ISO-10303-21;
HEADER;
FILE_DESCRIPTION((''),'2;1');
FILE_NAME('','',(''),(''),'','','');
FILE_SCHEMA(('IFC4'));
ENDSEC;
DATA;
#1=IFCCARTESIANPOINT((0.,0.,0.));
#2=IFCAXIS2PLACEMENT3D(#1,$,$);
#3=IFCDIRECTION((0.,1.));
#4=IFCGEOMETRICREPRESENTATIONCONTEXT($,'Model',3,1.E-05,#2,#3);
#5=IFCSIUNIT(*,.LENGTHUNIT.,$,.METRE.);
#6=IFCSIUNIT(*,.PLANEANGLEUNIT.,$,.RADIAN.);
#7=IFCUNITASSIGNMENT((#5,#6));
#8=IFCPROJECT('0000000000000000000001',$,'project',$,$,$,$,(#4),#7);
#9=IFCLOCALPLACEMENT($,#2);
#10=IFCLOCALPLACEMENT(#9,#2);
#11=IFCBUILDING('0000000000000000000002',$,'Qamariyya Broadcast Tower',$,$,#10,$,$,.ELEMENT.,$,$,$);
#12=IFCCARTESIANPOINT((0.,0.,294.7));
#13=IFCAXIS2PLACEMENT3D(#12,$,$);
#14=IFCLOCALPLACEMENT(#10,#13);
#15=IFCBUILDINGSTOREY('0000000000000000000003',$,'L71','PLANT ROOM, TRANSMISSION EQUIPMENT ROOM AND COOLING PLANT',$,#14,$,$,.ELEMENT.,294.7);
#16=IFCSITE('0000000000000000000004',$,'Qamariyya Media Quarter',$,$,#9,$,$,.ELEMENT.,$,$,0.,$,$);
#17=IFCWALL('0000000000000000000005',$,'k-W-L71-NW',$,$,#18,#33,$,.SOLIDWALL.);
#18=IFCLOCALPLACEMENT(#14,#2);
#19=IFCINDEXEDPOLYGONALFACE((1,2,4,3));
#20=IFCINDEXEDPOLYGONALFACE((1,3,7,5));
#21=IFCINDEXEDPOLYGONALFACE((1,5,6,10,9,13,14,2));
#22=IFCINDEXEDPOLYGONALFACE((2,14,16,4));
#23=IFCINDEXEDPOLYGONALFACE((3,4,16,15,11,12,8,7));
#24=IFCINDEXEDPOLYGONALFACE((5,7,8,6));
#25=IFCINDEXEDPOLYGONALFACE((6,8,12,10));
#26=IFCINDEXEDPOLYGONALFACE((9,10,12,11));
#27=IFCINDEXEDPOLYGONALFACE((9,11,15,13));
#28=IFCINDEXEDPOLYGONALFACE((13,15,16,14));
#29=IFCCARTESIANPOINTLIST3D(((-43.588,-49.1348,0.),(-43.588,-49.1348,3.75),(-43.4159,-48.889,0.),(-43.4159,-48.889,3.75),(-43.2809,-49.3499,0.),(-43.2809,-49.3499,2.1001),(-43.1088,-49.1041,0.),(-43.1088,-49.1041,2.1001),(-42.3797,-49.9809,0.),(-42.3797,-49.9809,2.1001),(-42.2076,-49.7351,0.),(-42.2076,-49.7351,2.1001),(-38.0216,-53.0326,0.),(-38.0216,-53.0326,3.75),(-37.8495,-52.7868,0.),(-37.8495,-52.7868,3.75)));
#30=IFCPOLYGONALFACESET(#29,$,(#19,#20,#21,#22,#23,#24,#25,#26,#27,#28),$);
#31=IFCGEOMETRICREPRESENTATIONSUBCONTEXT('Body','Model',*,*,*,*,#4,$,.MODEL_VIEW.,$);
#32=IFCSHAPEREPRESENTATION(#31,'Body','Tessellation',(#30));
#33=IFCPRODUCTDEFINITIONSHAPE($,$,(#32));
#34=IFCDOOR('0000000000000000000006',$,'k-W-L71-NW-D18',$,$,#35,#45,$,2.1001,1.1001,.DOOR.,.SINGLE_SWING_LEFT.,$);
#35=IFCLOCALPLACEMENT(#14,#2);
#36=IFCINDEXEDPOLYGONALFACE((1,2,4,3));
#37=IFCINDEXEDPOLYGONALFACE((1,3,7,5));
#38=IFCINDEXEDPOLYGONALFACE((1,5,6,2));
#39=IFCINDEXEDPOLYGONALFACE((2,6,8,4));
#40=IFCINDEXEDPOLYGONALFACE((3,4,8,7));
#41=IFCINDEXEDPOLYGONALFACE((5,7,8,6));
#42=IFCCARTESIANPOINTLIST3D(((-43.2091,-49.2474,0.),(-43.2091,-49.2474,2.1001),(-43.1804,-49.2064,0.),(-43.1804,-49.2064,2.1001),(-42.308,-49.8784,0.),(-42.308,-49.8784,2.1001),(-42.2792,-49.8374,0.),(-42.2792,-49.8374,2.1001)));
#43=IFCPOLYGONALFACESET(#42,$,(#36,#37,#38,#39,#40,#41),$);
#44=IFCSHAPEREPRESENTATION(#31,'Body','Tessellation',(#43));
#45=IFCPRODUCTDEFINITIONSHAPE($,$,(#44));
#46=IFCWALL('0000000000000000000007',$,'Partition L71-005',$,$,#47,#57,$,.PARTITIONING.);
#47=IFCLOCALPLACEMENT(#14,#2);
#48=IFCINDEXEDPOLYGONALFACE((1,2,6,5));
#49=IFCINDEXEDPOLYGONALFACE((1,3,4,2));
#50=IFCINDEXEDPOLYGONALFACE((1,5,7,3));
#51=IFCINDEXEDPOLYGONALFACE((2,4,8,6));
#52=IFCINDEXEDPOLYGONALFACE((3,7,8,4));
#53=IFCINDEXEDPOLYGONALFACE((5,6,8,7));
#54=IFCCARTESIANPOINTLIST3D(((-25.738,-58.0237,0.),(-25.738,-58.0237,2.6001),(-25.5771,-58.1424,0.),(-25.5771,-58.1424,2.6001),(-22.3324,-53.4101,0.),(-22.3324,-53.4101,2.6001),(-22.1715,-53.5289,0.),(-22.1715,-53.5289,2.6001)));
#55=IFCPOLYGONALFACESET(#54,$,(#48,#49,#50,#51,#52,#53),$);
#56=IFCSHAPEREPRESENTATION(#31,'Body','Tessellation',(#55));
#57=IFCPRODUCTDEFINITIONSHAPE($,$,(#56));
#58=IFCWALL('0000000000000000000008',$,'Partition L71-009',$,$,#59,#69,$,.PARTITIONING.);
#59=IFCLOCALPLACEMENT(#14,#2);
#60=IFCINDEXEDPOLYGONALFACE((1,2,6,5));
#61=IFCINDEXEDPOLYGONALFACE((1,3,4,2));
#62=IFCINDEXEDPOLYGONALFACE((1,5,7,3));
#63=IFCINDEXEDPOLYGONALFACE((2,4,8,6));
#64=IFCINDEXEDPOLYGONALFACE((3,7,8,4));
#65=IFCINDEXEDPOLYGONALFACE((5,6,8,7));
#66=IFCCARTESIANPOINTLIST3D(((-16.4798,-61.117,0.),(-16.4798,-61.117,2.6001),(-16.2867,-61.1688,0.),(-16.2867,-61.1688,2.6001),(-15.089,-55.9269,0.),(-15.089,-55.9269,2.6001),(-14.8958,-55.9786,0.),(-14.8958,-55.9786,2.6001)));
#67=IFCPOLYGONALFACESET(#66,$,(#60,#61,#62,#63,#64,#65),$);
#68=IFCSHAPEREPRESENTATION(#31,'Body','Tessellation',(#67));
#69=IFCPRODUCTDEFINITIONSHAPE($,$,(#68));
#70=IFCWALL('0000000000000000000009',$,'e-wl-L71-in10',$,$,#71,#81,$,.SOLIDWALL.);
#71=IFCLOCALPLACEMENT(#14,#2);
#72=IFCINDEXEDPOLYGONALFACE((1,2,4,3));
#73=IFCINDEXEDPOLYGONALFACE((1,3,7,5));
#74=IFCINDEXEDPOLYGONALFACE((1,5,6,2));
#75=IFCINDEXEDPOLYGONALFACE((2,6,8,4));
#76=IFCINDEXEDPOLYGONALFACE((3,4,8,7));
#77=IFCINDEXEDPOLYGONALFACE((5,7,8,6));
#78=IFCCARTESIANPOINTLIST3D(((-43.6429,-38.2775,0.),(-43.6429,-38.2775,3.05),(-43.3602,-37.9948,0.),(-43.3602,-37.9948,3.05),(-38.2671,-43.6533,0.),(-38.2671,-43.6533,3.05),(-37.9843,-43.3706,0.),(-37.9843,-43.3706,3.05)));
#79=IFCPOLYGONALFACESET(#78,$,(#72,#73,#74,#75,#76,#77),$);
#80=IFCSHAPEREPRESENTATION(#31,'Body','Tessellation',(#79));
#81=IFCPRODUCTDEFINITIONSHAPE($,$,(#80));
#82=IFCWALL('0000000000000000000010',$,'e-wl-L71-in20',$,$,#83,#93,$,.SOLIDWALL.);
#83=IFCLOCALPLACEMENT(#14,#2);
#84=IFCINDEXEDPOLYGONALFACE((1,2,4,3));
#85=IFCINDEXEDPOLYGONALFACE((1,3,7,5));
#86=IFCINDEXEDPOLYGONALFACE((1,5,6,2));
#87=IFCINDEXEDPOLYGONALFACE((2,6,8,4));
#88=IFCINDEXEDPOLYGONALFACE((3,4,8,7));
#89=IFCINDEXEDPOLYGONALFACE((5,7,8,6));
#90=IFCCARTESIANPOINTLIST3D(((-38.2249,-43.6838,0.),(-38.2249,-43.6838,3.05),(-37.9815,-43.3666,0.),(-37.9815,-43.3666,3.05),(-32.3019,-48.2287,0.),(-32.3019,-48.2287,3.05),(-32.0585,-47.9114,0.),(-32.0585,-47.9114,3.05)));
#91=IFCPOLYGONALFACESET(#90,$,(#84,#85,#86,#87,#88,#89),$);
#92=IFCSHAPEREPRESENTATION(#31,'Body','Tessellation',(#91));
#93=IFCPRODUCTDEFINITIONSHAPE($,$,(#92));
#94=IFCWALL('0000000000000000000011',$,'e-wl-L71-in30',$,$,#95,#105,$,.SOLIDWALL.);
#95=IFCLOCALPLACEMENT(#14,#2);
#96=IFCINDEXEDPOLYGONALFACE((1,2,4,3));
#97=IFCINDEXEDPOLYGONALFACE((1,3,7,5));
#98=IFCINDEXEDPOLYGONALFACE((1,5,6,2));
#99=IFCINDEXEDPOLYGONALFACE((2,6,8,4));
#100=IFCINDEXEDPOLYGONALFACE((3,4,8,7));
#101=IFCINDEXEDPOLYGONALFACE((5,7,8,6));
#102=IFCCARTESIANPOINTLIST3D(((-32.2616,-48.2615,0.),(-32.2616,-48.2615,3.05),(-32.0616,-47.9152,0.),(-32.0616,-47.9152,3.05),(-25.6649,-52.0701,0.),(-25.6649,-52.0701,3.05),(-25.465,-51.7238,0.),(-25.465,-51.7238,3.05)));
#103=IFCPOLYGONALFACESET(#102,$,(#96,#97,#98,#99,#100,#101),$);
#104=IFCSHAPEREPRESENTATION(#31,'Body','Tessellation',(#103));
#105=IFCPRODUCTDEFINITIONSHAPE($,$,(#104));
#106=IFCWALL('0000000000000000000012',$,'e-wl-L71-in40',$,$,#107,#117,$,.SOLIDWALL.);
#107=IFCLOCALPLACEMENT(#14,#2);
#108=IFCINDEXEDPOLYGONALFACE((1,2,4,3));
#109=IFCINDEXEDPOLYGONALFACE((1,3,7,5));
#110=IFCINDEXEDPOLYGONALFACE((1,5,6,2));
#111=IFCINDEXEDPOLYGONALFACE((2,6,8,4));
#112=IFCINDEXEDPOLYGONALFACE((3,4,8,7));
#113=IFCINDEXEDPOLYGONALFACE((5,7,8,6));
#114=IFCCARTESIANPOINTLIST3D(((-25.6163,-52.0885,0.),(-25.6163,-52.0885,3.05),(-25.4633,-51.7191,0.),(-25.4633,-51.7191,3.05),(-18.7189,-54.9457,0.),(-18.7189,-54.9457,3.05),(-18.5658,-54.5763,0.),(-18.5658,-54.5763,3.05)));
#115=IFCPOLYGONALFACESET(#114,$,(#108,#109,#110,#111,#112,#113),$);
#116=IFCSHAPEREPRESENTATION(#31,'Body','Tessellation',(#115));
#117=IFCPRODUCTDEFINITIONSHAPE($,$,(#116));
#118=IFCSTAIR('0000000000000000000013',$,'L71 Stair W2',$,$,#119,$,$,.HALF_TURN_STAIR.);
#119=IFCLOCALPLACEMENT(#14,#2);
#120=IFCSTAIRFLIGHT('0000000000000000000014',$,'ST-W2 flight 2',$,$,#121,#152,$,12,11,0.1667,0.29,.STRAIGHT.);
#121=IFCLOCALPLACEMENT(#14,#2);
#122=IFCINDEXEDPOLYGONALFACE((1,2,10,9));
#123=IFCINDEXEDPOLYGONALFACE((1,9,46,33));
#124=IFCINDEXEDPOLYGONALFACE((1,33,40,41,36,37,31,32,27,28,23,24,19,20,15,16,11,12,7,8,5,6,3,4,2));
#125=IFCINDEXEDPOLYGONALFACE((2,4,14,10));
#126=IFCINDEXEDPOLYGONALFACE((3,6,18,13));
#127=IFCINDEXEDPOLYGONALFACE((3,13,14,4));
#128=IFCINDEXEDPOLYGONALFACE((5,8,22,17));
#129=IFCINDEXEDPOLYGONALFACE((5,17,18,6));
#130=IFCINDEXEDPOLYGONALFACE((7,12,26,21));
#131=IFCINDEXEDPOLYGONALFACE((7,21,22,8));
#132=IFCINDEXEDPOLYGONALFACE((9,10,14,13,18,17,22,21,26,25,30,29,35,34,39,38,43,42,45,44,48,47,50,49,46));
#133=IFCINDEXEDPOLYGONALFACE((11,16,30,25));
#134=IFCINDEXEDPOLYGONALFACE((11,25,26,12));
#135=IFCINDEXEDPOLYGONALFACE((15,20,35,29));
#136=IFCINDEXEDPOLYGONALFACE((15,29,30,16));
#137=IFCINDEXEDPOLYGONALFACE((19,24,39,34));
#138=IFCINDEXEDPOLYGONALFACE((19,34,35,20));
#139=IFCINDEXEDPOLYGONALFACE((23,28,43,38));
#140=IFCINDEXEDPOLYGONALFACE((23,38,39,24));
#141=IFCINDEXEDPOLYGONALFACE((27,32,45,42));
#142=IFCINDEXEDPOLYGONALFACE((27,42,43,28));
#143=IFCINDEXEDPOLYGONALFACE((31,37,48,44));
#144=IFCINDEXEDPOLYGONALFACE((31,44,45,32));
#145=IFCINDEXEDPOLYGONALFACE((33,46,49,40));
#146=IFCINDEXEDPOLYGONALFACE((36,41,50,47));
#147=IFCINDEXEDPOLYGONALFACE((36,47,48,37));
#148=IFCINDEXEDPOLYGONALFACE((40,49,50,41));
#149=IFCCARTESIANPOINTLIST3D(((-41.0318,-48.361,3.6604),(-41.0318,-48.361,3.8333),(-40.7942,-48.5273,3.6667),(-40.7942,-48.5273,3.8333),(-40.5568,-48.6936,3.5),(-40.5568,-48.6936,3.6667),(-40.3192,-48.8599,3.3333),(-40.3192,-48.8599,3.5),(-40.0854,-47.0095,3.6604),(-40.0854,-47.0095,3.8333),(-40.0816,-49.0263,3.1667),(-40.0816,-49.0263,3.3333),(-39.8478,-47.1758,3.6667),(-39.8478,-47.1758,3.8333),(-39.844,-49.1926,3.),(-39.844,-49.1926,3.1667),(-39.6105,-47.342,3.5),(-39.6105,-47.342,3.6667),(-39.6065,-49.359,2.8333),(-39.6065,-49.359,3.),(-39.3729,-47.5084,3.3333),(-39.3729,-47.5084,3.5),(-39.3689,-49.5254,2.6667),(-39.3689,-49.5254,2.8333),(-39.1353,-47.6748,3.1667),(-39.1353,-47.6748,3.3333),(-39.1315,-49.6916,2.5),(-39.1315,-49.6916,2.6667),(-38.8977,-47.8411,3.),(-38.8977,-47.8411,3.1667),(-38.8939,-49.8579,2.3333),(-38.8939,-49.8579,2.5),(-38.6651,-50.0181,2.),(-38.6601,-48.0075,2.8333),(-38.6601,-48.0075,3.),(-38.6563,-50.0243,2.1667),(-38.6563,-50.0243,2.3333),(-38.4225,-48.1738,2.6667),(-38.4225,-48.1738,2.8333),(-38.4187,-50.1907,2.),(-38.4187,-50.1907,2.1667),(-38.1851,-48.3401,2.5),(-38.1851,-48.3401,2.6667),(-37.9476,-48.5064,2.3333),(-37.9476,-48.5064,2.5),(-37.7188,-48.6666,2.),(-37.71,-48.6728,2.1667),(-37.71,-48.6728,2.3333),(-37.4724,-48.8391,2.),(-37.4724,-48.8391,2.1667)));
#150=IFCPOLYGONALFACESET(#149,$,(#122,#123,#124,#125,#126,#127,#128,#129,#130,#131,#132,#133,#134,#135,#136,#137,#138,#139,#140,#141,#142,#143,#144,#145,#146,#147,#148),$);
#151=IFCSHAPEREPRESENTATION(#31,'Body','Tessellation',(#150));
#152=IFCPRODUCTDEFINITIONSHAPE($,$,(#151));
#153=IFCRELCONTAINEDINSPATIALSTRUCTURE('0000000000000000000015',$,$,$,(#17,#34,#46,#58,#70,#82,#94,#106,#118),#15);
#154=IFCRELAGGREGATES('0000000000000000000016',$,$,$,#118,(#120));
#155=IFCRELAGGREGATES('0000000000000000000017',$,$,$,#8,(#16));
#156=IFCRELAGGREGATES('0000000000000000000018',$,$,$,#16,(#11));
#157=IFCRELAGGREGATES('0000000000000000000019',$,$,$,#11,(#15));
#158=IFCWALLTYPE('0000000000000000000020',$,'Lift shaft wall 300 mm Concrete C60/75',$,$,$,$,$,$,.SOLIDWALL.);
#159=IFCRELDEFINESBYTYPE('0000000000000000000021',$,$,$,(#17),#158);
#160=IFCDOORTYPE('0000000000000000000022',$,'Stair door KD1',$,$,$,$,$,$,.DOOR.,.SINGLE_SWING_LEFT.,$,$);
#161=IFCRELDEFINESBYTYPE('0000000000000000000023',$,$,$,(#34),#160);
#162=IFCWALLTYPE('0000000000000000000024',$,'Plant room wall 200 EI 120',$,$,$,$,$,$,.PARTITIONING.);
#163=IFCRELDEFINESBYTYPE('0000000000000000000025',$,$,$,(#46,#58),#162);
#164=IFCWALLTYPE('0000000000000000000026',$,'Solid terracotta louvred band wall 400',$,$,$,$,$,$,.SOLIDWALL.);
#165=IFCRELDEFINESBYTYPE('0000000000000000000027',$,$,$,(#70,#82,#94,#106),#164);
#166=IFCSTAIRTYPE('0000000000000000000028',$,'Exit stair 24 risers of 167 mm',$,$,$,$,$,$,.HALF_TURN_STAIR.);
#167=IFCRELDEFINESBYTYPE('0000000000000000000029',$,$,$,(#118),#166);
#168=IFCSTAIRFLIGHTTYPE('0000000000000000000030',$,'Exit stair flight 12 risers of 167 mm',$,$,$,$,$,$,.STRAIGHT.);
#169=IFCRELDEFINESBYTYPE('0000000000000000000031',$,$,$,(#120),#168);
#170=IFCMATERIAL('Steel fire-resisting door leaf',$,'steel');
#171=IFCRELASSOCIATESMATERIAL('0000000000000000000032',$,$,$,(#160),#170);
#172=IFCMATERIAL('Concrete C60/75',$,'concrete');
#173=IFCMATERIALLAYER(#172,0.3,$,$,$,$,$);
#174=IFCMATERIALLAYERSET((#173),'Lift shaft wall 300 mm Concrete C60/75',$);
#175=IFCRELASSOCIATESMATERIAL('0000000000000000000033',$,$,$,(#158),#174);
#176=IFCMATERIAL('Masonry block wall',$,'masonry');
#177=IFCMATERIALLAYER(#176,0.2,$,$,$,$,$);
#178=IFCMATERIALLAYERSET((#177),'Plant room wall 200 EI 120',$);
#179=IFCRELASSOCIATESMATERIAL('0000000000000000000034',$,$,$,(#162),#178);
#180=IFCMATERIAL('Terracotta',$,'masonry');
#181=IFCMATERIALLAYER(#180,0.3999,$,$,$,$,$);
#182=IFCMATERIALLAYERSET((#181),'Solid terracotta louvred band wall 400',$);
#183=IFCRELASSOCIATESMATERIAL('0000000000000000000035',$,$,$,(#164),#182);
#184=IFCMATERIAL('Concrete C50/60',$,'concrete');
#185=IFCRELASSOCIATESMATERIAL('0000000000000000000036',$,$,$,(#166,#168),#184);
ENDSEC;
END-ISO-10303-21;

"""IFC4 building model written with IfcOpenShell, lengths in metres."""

from ifc_helpers import new_model, si_unit, direction, frame, frame_2d, origin, place, context, subcontext, project, spatial, polyline, rectangle, outline, extrude, material, layer, layer_set, type_object, element, fill, aggregate, save


model = new_model("IFC4")

# Units and contexts
model_context = context("Model", 3, precision=1e-05, world=origin(), true_north=direction((0.0, 1.0)))
body_context = subcontext(model_context, "Body", "Model", "MODEL_VIEW")
ifc_project = project(units=[si_unit("LENGTHUNIT", "METRE"), si_unit("PLANEANGLEUNIT", "RADIAN")], contexts=[model_context])

# Site, building, storey
site_placement = place(None, origin())
site = spatial("IfcSite", under=ifc_project, at=site_placement, Name="Qamariyya Media Quarter", CompositionType="ELEMENT", RefElevation=0.0)
building_placement = place(site_placement, origin())
building = spatial("IfcBuilding", under=site, at=building_placement, Name="Qamariyya Broadcast Tower", CompositionType="ELEMENT")
storey_placement = place(building_placement, frame((0.0, 0.0, 294.7)))
storey = spatial("IfcBuildingStorey", under=building, at=storey_placement, Name="L71", Description="PLANT ROOM, TRANSMISSION EQUIPMENT ROOM AND COOLING PLANT", CompositionType="ELEMENT", Elevation=294.7)

# Shared definitions
ifc_material_1 = material(Name="Concrete C50/60", Category="concrete")

# Shared definitions
ifc_material_2 = material(Name="Concrete C60/75", Category="concrete")
ifc_material_3 = material(Name="Steel fire-resisting door leaf", Category="steel")
door_type_1 = type_object("IfcDoorType", Name="Stair door KD1", OperationType="SINGLE_SWING_LEFT", PredefinedType="DOOR", material=ifc_material_3)

# Shared definitions
ifc_layer_1 = layer(ifc_material_2, 0.3)
ifc_layer_set_1 = layer_set([ifc_layer_1], Name="Lift shaft wall 300 mm Concrete C60/75")
wall_type_1 = type_object("IfcWallType", Name="Lift shaft wall 300 mm Concrete C60/75", PredefinedType="SOLIDWALL", material=ifc_layer_set_1)

# Wall, opening, door
wall_1_placement = place(storey_placement, frame((-37.9355, -52.9097, 0.0), z_axis=(0.0, 0.0, 1.0), x_axis=(-0.819148, 0.573583, 0.0)))
wall_1 = element("IfcWall", 1, at=wall_1_placement, inside=storey, type_object=wall_type_1, Name="k-W-L71-NW", PredefinedType="SOLIDWALL", context=body_context, shape_type="SweptSolid", body=[
    extrude(rectangle(XDim=6.7954, YDim=0.3, at=frame_2d((3.3977, 0.0))), origin(), (0.0, 0.0, 1.0), 3.75),
])
opening_1_placement = place(wall_1_placement, frame((5.3203, 0.0, 0.0)))
opening_1 = element("IfcOpeningElement", 2, at=opening_1_placement, cuts=wall_1, PredefinedType="OPENING", context=body_context, shape_type="SweptSolid", body=[
    extrude(rectangle(XDim=1.1001, YDim=2.1001, at=frame_2d((0.55, 1.05))), frame((0.0, 0.1599, 0.0), z_axis=(0.0, -1.0, 0.0), x_axis=(1.0, 0.0, 0.0)), (0.0, 0.0, 1.0), 0.3201),
])
door_1_placement = place(opening_1_placement, origin())
door_1 = element("IfcDoor", 3, at=door_1_placement, inside=storey, type_object=door_type_1, Name="k-W-L71-NW-D18", OperationType="SINGLE_SWING_LEFT", OverallHeight=2.1001, OverallWidth=1.1001, PredefinedType="DOOR", context=body_context, shape_type="SweptSolid", body=[
    extrude(rectangle(XDim=1.1001, YDim=2.1001, at=frame_2d((0.55, 1.05))), frame((0.0, 0.0249, 0.0), z_axis=(0.0, -1.0, 0.0), x_axis=(1.0, 0.0, 0.0)), (0.0, 0.0, 1.0), 0.05),
])
fill(opening_1, door_1)

# Walls
ifc_material_4 = material(Name="Masonry block wall", Category="masonry")
ifc_layer_2 = layer(ifc_material_4, 0.2)
ifc_layer_set_2 = layer_set([ifc_layer_2], Name="Plant room wall 200 EI 120")
wall_type_2 = type_object("IfcWallType", Name="Plant room wall 200 EI 120", PredefinedType="PARTITIONING", material=ifc_layer_set_2)
wall_2_placement = place(storey_placement, frame((-22.252, -53.4695, 0.0), z_axis=(0.0, 0.0, 1.0), x_axis=(-0.593886, -0.804549, 0.0)))
element("IfcWall", 4, at=wall_2_placement, inside=storey, type_object=wall_type_2, Name="Partition L71-005", PredefinedType="PARTITIONING", context=body_context, shape_type="SweptSolid", body=[
    extrude(rectangle(XDim=5.7344, YDim=0.2, at=frame_2d((2.8672, 0.0))), origin(), (0.0, 0.0, 1.0), 2.6001),
])
wall_3_placement = place(storey_placement, frame((-14.9924, -55.9529, 0.0), z_axis=(0.0, 0.0, 1.0), x_axis=(-0.258847, -0.965918, 0.0)))
element("IfcWall", 5, at=wall_3_placement, inside=storey, type_object=wall_type_2, Name="Partition L71-009", PredefinedType="PARTITIONING", context=body_context, shape_type="SweptSolid", body=[
    extrude(rectangle(XDim=5.3733, YDim=0.2, at=frame_2d((2.6865, 0.0))), origin(), (0.0, 0.0, 1.0), 2.6001),
])
ifc_material_5 = material(Name="Terracotta", Category="masonry")
ifc_layer_3 = layer(ifc_material_5, 0.3999)
ifc_layer_set_3 = layer_set([ifc_layer_3], Name="Solid terracotta louvred band wall 400")
wall_type_3 = type_object("IfcWallType", Name="Solid terracotta louvred band wall 400", PredefinedType="SOLIDWALL", material=ifc_layer_set_3)
wall_4_placement = place(storey_placement, frame((-38.1257, -43.512, 0.0), z_axis=(0.0, 0.0, 1.0), x_axis=(-0.707107, 0.707107, 0.0)))
element("IfcWall", 6, at=wall_4_placement, inside=storey, type_object=wall_type_3, Name="e-wl-L71-in10", PredefinedType="SOLIDWALL", context=body_context, shape_type="SweptSolid", body=[
    extrude(rectangle(XDim=7.6025, YDim=0.3999, at=frame_2d((3.8013, 0.0))), origin(), (0.0, 0.0, 1.0), 3.05),
])
wall_5_placement = place(storey_placement, frame((-32.1802, -48.0701, 0.0), z_axis=(0.0, 0.0, 1.0), x_axis=(-0.793355, 0.608759, 0.0)))
element("IfcWall", 7, at=wall_5_placement, inside=storey, type_object=wall_type_3, Name="e-wl-L71-in20", PredefinedType="SOLIDWALL", context=body_context, shape_type="SweptSolid", body=[
    extrude(rectangle(XDim=7.4658, YDim=0.3999, at=frame_2d((3.7329, 0.0))), origin(), (0.0, 0.0, 1.0), 3.05),
])
wall_6_placement = place(storey_placement, frame((-25.5649, -51.897, 0.0), z_axis=(0.0, 0.0, 1.0), x_axis=(-0.866025, 0.5, 0.0)))
element("IfcWall", 8, at=wall_6_placement, inside=storey, type_object=wall_type_3, Name="e-wl-L71-in30", PredefinedType="SOLIDWALL", context=body_context, shape_type="SweptSolid", body=[
    extrude(rectangle(XDim=7.6172, YDim=0.3999, at=frame_2d((3.8086, 0.0))), origin(), (0.0, 0.0, 1.0), 3.05),
])
wall_7_placement = place(storey_placement, frame((-18.6423, -54.761, 0.0), z_axis=(0.0, 0.0, 1.0), x_axis=(-0.923872, 0.382701, 0.0)))
element("IfcWall", 9, at=wall_7_placement, inside=storey, type_object=wall_type_3, Name="e-wl-L71-in40", PredefinedType="SOLIDWALL", context=body_context, shape_type="SweptSolid", body=[
    extrude(rectangle(XDim=7.4658, YDim=0.3999, at=frame_2d((3.7329, 0.0))), origin(), (0.0, 0.0, 1.0), 3.05),
])

# Stair, stair flight
stair_type = type_object("IfcStairType", Name="Exit stair 24 risers of 167 mm", PredefinedType="HALF_TURN_STAIR", material=ifc_material_1)
stair_placement = place(storey_placement, origin())
stair = element("IfcStair", 10, at=stair_placement, inside=storey, type_object=stair_type, Name="L71 Stair W2", PredefinedType="HALF_TURN_STAIR")
stair_flight_type = type_object("IfcStairFlightType", Name="Exit stair flight 12 risers of 167 mm", PredefinedType="STRAIGHT", material=ifc_material_1)
stair_flight_placement = place(storey_placement, frame((-37.9456, -49.5149, 2.0), z_axis=(0.0, 0.0, 1.0), x_axis=(-0.819152, 0.573576, 0.0)))
stair_flight = element("IfcStairFlight", 11, at=stair_flight_placement, type_object=stair_flight_type, Name="ST-W2 flight 2", NumberOfRisers=12, NumberOfTreads=11, PredefinedType="STRAIGHT", RiserHeight=0.1667, TreadLength=0.29, context=body_context, shape_type="SweptSolid", body=[
    extrude(outline(polyline([(0.0, 0.0), (0.0, 0.1667), (0.29, 0.1667), (0.29, 0.3333), (0.5801, 0.3333), (0.5801, 0.5), (0.8701, 0.5), (0.8701, 0.6667), (1.1599, 0.6667), (1.1599, 0.8333), (1.45, 0.8333), (1.45, 1.0), (1.74, 1.0), (1.74, 1.1667), (2.03, 1.1667), (2.03, 1.3333), (2.3201, 1.3333), (2.3201, 1.5), (2.6101, 1.5), (2.6101, 1.6667), (2.8999, 1.6667), (2.8999, 1.8333), (3.1899, 1.8333), (3.1899, 2.0), (3.1899, 1.6604), (0.3008, 0.0), (0.0, 0.0)])), frame((0.0, 0.825, 0.0), z_axis=(0.0, -1.0, 0.0), x_axis=(1.0, 0.0, 0.0)), (0.0, 0.0, 1.0), 1.6499),
])
aggregate(stair, [stair_flight])

save(model, "model.ifc")
